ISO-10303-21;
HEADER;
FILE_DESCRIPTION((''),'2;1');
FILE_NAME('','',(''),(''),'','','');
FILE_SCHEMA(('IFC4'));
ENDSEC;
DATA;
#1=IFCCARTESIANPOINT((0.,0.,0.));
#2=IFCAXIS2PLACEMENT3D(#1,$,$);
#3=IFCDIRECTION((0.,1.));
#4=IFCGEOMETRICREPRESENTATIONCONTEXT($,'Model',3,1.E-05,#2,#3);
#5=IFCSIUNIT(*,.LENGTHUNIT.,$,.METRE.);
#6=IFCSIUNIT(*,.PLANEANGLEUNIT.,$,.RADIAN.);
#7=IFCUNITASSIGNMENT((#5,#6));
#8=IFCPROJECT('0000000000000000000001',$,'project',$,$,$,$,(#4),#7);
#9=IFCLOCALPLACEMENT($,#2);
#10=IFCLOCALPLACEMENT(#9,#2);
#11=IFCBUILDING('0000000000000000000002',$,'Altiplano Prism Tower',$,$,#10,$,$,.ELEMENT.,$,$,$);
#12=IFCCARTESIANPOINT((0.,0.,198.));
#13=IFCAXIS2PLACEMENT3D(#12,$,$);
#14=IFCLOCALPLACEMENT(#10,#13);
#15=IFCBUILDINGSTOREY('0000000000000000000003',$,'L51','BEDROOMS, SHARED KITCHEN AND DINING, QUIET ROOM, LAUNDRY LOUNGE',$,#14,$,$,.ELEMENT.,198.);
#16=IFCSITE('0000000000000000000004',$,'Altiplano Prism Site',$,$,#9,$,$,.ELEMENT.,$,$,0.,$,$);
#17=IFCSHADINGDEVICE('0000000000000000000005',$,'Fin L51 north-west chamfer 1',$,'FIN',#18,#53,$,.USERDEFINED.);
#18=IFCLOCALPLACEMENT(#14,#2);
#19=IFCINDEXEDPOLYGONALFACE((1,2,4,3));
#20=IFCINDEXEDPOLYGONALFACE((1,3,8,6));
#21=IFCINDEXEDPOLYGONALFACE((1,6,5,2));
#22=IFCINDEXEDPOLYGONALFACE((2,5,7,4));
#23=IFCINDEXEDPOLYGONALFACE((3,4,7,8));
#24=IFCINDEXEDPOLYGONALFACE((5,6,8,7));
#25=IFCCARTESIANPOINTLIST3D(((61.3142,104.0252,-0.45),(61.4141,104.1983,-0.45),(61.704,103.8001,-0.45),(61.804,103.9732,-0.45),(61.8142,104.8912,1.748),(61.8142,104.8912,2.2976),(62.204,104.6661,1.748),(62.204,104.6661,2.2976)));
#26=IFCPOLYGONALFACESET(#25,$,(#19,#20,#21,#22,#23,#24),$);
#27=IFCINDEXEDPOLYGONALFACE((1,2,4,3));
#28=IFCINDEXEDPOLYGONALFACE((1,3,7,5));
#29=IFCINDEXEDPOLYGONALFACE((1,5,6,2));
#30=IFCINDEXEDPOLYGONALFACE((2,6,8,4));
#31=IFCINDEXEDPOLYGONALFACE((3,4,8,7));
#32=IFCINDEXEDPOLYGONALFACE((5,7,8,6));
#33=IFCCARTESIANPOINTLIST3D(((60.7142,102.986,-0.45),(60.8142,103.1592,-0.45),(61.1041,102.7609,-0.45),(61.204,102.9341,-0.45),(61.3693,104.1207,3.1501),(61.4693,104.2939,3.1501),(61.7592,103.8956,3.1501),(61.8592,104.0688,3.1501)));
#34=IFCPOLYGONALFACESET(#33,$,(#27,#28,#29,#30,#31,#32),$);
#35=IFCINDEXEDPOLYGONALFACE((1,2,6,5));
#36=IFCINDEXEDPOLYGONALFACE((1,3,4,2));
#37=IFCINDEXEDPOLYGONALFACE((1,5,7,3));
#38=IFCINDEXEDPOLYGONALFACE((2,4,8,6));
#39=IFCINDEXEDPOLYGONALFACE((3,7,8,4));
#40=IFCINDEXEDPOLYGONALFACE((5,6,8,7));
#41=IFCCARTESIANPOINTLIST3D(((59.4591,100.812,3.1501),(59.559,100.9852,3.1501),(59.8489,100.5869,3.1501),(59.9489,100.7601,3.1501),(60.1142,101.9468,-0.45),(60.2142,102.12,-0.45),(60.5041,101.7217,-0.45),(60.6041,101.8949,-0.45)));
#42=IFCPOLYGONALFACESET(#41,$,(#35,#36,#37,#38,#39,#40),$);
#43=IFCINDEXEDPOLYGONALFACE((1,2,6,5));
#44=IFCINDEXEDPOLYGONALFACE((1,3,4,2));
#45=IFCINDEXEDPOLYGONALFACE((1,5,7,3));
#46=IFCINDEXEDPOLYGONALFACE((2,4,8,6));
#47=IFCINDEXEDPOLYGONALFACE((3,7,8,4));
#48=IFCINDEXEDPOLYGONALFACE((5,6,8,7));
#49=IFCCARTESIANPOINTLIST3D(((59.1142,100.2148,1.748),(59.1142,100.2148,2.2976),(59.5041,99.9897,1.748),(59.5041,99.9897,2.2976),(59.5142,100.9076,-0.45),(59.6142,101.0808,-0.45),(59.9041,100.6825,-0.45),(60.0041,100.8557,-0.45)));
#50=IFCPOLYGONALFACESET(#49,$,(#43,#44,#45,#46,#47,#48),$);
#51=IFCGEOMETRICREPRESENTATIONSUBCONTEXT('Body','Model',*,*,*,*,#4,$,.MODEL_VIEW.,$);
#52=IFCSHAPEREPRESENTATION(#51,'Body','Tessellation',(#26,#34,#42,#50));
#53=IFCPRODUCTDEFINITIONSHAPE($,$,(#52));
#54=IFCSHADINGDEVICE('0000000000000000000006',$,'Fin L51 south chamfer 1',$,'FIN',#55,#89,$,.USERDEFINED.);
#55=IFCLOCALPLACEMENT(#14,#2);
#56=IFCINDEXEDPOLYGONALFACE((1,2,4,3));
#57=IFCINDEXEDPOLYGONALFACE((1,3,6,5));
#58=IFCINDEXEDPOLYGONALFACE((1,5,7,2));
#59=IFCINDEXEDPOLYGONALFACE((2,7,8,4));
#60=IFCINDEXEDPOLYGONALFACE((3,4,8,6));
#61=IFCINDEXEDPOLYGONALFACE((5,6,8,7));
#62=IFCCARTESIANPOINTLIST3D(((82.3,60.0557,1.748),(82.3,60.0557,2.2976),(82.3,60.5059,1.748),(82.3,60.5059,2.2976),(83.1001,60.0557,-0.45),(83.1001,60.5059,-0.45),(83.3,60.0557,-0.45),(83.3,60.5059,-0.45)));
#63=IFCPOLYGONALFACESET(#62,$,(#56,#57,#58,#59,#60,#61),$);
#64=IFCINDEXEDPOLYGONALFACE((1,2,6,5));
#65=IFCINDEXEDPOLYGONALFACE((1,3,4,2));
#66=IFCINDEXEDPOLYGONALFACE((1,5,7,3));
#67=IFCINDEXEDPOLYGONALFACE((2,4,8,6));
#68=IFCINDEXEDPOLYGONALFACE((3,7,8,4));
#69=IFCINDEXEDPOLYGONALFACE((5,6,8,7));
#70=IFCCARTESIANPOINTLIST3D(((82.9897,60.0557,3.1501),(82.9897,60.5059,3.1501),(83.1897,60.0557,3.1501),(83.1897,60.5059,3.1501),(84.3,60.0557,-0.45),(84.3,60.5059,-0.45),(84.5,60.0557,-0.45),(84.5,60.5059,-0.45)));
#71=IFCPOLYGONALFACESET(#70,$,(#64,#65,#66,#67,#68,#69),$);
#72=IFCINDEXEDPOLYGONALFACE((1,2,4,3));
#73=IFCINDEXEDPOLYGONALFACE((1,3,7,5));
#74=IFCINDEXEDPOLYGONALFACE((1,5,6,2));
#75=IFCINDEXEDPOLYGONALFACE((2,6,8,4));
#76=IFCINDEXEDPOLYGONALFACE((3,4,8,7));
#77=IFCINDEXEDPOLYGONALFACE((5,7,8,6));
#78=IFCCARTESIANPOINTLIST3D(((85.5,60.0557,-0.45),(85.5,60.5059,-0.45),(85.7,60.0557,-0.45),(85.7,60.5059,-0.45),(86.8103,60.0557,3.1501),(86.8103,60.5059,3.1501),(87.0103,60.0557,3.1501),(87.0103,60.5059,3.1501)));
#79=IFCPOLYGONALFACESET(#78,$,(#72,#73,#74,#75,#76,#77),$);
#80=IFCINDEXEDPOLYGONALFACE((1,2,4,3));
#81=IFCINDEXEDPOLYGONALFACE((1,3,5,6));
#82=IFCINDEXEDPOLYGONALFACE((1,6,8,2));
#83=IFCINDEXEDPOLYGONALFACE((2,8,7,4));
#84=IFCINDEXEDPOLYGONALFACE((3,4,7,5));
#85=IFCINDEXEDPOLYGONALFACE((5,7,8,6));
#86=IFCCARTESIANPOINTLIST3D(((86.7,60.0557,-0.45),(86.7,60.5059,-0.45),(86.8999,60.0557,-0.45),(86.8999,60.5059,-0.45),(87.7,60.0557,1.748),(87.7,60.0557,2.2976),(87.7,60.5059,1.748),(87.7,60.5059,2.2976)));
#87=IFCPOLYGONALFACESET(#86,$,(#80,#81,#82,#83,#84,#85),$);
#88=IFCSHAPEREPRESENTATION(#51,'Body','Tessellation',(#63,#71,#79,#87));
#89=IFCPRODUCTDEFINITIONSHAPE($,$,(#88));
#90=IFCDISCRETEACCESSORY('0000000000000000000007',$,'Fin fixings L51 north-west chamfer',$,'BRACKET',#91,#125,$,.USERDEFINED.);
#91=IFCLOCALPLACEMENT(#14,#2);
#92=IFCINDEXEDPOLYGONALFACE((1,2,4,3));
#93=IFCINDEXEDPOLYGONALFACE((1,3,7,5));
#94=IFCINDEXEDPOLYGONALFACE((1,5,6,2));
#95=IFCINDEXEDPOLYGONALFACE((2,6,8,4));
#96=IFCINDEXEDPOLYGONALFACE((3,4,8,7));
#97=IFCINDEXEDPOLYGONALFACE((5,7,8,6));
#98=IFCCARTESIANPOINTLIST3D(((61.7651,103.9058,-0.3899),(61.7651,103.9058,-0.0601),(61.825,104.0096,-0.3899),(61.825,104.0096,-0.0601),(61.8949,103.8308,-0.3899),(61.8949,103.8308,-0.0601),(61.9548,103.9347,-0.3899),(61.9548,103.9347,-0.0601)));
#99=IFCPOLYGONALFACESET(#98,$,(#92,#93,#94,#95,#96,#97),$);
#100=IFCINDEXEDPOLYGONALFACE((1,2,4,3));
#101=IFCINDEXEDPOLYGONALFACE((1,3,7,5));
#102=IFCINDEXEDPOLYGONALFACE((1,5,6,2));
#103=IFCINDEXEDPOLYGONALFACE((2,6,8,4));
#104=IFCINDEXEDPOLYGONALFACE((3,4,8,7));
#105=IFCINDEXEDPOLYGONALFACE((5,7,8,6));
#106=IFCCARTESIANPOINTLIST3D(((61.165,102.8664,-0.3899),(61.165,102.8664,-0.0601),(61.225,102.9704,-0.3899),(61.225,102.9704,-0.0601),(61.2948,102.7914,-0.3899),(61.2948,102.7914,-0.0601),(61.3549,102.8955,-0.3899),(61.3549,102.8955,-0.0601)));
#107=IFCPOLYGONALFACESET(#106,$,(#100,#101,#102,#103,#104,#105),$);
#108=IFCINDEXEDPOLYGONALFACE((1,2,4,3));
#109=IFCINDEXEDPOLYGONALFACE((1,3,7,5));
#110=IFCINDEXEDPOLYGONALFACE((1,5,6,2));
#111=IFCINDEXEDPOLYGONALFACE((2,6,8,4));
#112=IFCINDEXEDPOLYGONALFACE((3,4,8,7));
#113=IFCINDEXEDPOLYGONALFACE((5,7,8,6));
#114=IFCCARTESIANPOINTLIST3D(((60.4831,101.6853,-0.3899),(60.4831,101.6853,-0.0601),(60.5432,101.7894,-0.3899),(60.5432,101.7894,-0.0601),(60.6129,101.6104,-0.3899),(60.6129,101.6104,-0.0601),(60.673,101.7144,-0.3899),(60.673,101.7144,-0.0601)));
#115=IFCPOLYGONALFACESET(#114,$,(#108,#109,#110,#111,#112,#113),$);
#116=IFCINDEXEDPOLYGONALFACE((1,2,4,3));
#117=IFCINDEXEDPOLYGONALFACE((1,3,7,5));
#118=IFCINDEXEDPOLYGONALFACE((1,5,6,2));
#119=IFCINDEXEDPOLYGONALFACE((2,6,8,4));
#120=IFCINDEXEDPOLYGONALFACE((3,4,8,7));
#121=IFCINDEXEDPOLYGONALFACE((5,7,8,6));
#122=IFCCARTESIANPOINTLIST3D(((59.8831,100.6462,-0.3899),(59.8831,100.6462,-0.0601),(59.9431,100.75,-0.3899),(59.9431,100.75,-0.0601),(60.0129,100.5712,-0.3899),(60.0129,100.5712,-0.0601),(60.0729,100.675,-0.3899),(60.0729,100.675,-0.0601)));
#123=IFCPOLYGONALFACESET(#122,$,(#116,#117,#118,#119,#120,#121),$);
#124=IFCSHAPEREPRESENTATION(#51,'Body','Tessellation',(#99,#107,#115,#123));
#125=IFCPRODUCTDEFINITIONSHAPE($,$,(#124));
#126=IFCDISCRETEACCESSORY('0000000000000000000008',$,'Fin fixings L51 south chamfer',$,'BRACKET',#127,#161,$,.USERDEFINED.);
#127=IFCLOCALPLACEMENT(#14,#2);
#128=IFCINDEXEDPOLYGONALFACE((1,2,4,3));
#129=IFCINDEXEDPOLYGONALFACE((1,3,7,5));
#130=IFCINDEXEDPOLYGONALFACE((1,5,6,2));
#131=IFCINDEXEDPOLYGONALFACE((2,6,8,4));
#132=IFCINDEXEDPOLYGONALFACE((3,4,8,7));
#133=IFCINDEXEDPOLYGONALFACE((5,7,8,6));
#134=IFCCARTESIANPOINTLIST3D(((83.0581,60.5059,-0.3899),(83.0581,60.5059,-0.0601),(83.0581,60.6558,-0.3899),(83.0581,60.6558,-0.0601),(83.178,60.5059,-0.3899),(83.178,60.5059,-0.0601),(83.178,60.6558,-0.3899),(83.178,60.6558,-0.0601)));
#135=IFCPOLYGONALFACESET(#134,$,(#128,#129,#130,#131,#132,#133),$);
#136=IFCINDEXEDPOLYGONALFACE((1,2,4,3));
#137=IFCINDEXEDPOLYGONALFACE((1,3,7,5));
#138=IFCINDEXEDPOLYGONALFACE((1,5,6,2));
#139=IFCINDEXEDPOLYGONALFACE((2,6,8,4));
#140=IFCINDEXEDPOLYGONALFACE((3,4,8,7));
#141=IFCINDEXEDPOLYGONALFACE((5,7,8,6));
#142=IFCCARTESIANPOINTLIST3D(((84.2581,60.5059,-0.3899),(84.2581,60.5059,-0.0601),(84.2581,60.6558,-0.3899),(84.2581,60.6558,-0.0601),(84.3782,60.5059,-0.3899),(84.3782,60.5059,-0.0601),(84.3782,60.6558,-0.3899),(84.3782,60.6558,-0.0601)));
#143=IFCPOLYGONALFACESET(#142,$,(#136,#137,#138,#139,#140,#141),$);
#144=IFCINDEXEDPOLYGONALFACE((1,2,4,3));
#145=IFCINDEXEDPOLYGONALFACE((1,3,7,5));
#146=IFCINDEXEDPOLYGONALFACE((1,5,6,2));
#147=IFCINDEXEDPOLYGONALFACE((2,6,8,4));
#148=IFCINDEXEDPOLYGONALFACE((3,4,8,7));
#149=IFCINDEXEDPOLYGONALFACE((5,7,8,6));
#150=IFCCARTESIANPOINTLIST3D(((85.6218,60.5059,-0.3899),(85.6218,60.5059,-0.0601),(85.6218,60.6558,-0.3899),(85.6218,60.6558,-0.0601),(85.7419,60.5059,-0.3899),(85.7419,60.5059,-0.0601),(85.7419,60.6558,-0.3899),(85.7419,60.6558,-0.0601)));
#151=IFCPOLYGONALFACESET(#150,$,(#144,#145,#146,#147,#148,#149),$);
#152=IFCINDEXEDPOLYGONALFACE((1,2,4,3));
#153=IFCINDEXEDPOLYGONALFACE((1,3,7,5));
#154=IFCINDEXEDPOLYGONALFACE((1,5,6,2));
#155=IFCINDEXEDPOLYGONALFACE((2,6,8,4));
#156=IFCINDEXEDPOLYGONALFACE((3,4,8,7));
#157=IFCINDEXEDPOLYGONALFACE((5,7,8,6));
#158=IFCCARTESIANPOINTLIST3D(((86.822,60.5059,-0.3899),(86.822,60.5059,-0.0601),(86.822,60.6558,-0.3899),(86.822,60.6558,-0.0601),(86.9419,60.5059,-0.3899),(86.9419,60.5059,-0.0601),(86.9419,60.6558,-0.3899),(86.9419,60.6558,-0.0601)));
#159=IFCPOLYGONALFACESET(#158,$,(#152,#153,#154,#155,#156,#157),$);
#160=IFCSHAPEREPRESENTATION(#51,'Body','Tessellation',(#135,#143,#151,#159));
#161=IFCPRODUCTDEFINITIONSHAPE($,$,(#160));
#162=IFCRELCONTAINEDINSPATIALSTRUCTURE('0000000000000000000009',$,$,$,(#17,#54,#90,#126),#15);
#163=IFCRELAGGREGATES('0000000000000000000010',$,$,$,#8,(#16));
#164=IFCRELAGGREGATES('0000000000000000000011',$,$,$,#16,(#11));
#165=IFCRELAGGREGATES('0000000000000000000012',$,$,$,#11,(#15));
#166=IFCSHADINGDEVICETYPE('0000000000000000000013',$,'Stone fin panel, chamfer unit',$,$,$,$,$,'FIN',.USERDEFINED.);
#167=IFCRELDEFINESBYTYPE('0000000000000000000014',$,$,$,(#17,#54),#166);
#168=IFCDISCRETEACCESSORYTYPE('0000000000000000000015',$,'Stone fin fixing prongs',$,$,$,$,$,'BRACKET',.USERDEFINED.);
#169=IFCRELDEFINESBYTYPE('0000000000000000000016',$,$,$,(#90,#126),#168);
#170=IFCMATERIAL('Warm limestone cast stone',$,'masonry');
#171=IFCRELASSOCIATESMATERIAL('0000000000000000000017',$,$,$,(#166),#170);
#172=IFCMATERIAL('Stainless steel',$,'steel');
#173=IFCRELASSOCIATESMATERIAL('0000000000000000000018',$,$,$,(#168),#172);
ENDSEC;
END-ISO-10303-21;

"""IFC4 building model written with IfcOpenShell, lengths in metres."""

from ifc_helpers import new_model, si_unit, direction, frame, origin, place, context, subcontext, project, spatial, polyline, outline, extrude, source, transform, mapped, material, type_object, element, save


model = new_model("IFC4")

# Units and contexts
model_context = context("Model", 3, precision=1e-05, world=origin(), true_north=direction((0.0, 1.0)))
body_context = subcontext(model_context, "Body", "Model", "MODEL_VIEW")
ifc_project = project(units=[si_unit("LENGTHUNIT", "METRE"), si_unit("PLANEANGLEUNIT", "RADIAN")], contexts=[model_context])

# Site, building, storey
site_placement = place(None, origin())
site = spatial("IfcSite", under=ifc_project, at=site_placement, Name="Altiplano Prism Site", CompositionType="ELEMENT", RefElevation=0.0)
building_placement = place(site_placement, origin())
building = spatial("IfcBuilding", under=site, at=building_placement, Name="Altiplano Prism Tower", CompositionType="ELEMENT")
storey_placement = place(building_placement, frame((0.0, 0.0, 198.0)))
storey = spatial("IfcBuildingStorey", under=building, at=storey_placement, Name="L51", Description="BEDROOMS, SHARED KITCHEN AND DINING, QUIET ROOM, LAUNDRY LOUNGE", CompositionType="ELEMENT", Elevation=198.0)

# Shading devices
ifc_material_1 = material(Name="Warm limestone cast stone", Category="masonry")
shading_device_type_1 = type_object("IfcShadingDeviceType", Name="Stone fin panel, chamfer unit", ElementType="FIN", PredefinedType="USERDEFINED", material=ifc_material_1)
shared_shape_1 = source(origin(), body_context, "Body", "SweptSolid", [
    extrude(outline(polyline([(-2.7, 2.7476), (-2.7, 2.198), (-1.8999, 0.0), (-1.7, 0.0), (-2.7, 2.7476)])), frame((0.0, -0.1499, 0.0), z_axis=(0.0, -1.0, 0.0), x_axis=(1.0, 0.0, 0.0)), (0.0, 0.0, 1.0), 0.4502),
    extrude(outline(polyline([(-2.0103, 3.6001), (-0.7, 0.0), (-0.5, 0.0), (-1.8103, 3.6001), (-2.0103, 3.6001)])), frame((0.0, -0.1499, 0.0), z_axis=(0.0, -1.0, 0.0), x_axis=(1.0, 0.0, 0.0)), (0.0, 0.0, 1.0), 0.4502),
    extrude(outline(polyline([(1.8103, 3.6001), (0.5, 0.0), (0.7, 0.0), (2.0103, 3.6001), (1.8103, 3.6001)])), frame((0.0, -0.1499, 0.0), z_axis=(0.0, -1.0, 0.0), x_axis=(1.0, 0.0, 0.0)), (0.0, 0.0, 1.0), 0.4502),
    extrude(outline(polyline([(2.7, 2.198), (2.7, 2.7476), (1.7, 0.0), (1.8999, 0.0), (2.7, 2.198)])), frame((0.0, -0.1499, 0.0), z_axis=(0.0, -1.0, 0.0), x_axis=(1.0, 0.0, 0.0)), (0.0, 0.0, 1.0), 0.4502),
])
shading_device_1_placement = place(storey_placement, origin())
element("IfcShadingDevice", 1, at=shading_device_1_placement, inside=storey, type_object=shading_device_type_1, Name="Fin L51 north-west chamfer 1", ObjectType="FIN", PredefinedType="USERDEFINED", context=body_context, shape_type="MappedRepresentation", body=[
    mapped(shared_shape_1, transform((60.9839, 102.2529, -0.45), x_axis=(-0.5, -0.866025, 0.0), y_axis=(0.866025, -0.5, 0.0), z_axis=(0.0, 0.0, 1.0))),
])
shading_device_2_placement = place(storey_placement, origin())
element("IfcShadingDevice", 2, at=shading_device_2_placement, inside=storey, type_object=shading_device_type_1, Name="Fin L51 south chamfer 1", ObjectType="FIN", PredefinedType="USERDEFINED", context=body_context, shape_type="MappedRepresentation", body=[
    mapped(shared_shape_1, transform((85.0, 60.6558, -0.45), x_axis=(1.0, 0.0, 0.0), y_axis=(0.0, 1.0, 0.0), z_axis=(0.0, 0.0, 1.0))),
])

# Discrete accessories
ifc_material_2 = material(Name="Stainless steel", Category="steel")
discrete_accessory_type = type_object("IfcDiscreteAccessoryType", Name="Stone fin fixing prongs", ElementType="BRACKET", PredefinedType="USERDEFINED", material=ifc_material_2)
shared_shape_2 = source(origin(), body_context, "Body", "SweptSolid", [
    extrude(outline(polyline([(-1.9419, 0.0601), (-1.822, 0.0601), (-1.822, 0.3899), (-1.9419, 0.3899), (-1.9419, 0.0601)])), frame((0.0, 0.0, 0.0), z_axis=(0.0, -1.0, 0.0), x_axis=(1.0, 0.0, 0.0)), (0.0, 0.0, 1.0), 0.1499),
    extrude(outline(polyline([(-0.7419, 0.0601), (-0.6218, 0.0601), (-0.6218, 0.3899), (-0.7419, 0.3899), (-0.7419, 0.0601)])), frame((0.0, 0.0, 0.0), z_axis=(0.0, -1.0, 0.0), x_axis=(1.0, 0.0, 0.0)), (0.0, 0.0, 1.0), 0.1499),
    extrude(outline(polyline([(0.6218, 0.0601), (0.7419, 0.0601), (0.7419, 0.3899), (0.6218, 0.3899), (0.6218, 0.0601)])), frame((0.0, 0.0, 0.0), z_axis=(0.0, -1.0, 0.0), x_axis=(1.0, 0.0, 0.0)), (0.0, 0.0, 1.0), 0.1499),
    extrude(outline(polyline([(1.822, 0.0601), (1.9419, 0.0601), (1.9419, 0.3899), (1.822, 0.3899), (1.822, 0.0601)])), frame((0.0, 0.0, 0.0), z_axis=(0.0, -1.0, 0.0), x_axis=(1.0, 0.0, 0.0)), (0.0, 0.0, 1.0), 0.1499),
])
discrete_accessory_1_placement = place(storey_placement, origin())
element("IfcDiscreteAccessory", 3, at=discrete_accessory_1_placement, inside=storey, type_object=discrete_accessory_type, Name="Fin fixings L51 north-west chamfer", ObjectType="BRACKET", PredefinedType="USERDEFINED", context=body_context, shape_type="MappedRepresentation", body=[
    mapped(shared_shape_2, transform((60.9839, 102.2529, -0.45), x_axis=(-0.5, -0.866025, 0.0), y_axis=(0.866025, -0.5, 0.0), z_axis=(0.0, 0.0, 1.0))),
])
discrete_accessory_2_placement = place(storey_placement, origin())
element("IfcDiscreteAccessory", 4, at=discrete_accessory_2_placement, inside=storey, type_object=discrete_accessory_type, Name="Fin fixings L51 south chamfer", ObjectType="BRACKET", PredefinedType="USERDEFINED", context=body_context, shape_type="MappedRepresentation", body=[
    mapped(shared_shape_2, transform((85.0, 60.6558, -0.45), x_axis=(1.0, 0.0, 0.0), y_axis=(0.0, 1.0, 0.0), z_axis=(0.0, 0.0, 1.0))),
])

save(model, "model.ifc")
